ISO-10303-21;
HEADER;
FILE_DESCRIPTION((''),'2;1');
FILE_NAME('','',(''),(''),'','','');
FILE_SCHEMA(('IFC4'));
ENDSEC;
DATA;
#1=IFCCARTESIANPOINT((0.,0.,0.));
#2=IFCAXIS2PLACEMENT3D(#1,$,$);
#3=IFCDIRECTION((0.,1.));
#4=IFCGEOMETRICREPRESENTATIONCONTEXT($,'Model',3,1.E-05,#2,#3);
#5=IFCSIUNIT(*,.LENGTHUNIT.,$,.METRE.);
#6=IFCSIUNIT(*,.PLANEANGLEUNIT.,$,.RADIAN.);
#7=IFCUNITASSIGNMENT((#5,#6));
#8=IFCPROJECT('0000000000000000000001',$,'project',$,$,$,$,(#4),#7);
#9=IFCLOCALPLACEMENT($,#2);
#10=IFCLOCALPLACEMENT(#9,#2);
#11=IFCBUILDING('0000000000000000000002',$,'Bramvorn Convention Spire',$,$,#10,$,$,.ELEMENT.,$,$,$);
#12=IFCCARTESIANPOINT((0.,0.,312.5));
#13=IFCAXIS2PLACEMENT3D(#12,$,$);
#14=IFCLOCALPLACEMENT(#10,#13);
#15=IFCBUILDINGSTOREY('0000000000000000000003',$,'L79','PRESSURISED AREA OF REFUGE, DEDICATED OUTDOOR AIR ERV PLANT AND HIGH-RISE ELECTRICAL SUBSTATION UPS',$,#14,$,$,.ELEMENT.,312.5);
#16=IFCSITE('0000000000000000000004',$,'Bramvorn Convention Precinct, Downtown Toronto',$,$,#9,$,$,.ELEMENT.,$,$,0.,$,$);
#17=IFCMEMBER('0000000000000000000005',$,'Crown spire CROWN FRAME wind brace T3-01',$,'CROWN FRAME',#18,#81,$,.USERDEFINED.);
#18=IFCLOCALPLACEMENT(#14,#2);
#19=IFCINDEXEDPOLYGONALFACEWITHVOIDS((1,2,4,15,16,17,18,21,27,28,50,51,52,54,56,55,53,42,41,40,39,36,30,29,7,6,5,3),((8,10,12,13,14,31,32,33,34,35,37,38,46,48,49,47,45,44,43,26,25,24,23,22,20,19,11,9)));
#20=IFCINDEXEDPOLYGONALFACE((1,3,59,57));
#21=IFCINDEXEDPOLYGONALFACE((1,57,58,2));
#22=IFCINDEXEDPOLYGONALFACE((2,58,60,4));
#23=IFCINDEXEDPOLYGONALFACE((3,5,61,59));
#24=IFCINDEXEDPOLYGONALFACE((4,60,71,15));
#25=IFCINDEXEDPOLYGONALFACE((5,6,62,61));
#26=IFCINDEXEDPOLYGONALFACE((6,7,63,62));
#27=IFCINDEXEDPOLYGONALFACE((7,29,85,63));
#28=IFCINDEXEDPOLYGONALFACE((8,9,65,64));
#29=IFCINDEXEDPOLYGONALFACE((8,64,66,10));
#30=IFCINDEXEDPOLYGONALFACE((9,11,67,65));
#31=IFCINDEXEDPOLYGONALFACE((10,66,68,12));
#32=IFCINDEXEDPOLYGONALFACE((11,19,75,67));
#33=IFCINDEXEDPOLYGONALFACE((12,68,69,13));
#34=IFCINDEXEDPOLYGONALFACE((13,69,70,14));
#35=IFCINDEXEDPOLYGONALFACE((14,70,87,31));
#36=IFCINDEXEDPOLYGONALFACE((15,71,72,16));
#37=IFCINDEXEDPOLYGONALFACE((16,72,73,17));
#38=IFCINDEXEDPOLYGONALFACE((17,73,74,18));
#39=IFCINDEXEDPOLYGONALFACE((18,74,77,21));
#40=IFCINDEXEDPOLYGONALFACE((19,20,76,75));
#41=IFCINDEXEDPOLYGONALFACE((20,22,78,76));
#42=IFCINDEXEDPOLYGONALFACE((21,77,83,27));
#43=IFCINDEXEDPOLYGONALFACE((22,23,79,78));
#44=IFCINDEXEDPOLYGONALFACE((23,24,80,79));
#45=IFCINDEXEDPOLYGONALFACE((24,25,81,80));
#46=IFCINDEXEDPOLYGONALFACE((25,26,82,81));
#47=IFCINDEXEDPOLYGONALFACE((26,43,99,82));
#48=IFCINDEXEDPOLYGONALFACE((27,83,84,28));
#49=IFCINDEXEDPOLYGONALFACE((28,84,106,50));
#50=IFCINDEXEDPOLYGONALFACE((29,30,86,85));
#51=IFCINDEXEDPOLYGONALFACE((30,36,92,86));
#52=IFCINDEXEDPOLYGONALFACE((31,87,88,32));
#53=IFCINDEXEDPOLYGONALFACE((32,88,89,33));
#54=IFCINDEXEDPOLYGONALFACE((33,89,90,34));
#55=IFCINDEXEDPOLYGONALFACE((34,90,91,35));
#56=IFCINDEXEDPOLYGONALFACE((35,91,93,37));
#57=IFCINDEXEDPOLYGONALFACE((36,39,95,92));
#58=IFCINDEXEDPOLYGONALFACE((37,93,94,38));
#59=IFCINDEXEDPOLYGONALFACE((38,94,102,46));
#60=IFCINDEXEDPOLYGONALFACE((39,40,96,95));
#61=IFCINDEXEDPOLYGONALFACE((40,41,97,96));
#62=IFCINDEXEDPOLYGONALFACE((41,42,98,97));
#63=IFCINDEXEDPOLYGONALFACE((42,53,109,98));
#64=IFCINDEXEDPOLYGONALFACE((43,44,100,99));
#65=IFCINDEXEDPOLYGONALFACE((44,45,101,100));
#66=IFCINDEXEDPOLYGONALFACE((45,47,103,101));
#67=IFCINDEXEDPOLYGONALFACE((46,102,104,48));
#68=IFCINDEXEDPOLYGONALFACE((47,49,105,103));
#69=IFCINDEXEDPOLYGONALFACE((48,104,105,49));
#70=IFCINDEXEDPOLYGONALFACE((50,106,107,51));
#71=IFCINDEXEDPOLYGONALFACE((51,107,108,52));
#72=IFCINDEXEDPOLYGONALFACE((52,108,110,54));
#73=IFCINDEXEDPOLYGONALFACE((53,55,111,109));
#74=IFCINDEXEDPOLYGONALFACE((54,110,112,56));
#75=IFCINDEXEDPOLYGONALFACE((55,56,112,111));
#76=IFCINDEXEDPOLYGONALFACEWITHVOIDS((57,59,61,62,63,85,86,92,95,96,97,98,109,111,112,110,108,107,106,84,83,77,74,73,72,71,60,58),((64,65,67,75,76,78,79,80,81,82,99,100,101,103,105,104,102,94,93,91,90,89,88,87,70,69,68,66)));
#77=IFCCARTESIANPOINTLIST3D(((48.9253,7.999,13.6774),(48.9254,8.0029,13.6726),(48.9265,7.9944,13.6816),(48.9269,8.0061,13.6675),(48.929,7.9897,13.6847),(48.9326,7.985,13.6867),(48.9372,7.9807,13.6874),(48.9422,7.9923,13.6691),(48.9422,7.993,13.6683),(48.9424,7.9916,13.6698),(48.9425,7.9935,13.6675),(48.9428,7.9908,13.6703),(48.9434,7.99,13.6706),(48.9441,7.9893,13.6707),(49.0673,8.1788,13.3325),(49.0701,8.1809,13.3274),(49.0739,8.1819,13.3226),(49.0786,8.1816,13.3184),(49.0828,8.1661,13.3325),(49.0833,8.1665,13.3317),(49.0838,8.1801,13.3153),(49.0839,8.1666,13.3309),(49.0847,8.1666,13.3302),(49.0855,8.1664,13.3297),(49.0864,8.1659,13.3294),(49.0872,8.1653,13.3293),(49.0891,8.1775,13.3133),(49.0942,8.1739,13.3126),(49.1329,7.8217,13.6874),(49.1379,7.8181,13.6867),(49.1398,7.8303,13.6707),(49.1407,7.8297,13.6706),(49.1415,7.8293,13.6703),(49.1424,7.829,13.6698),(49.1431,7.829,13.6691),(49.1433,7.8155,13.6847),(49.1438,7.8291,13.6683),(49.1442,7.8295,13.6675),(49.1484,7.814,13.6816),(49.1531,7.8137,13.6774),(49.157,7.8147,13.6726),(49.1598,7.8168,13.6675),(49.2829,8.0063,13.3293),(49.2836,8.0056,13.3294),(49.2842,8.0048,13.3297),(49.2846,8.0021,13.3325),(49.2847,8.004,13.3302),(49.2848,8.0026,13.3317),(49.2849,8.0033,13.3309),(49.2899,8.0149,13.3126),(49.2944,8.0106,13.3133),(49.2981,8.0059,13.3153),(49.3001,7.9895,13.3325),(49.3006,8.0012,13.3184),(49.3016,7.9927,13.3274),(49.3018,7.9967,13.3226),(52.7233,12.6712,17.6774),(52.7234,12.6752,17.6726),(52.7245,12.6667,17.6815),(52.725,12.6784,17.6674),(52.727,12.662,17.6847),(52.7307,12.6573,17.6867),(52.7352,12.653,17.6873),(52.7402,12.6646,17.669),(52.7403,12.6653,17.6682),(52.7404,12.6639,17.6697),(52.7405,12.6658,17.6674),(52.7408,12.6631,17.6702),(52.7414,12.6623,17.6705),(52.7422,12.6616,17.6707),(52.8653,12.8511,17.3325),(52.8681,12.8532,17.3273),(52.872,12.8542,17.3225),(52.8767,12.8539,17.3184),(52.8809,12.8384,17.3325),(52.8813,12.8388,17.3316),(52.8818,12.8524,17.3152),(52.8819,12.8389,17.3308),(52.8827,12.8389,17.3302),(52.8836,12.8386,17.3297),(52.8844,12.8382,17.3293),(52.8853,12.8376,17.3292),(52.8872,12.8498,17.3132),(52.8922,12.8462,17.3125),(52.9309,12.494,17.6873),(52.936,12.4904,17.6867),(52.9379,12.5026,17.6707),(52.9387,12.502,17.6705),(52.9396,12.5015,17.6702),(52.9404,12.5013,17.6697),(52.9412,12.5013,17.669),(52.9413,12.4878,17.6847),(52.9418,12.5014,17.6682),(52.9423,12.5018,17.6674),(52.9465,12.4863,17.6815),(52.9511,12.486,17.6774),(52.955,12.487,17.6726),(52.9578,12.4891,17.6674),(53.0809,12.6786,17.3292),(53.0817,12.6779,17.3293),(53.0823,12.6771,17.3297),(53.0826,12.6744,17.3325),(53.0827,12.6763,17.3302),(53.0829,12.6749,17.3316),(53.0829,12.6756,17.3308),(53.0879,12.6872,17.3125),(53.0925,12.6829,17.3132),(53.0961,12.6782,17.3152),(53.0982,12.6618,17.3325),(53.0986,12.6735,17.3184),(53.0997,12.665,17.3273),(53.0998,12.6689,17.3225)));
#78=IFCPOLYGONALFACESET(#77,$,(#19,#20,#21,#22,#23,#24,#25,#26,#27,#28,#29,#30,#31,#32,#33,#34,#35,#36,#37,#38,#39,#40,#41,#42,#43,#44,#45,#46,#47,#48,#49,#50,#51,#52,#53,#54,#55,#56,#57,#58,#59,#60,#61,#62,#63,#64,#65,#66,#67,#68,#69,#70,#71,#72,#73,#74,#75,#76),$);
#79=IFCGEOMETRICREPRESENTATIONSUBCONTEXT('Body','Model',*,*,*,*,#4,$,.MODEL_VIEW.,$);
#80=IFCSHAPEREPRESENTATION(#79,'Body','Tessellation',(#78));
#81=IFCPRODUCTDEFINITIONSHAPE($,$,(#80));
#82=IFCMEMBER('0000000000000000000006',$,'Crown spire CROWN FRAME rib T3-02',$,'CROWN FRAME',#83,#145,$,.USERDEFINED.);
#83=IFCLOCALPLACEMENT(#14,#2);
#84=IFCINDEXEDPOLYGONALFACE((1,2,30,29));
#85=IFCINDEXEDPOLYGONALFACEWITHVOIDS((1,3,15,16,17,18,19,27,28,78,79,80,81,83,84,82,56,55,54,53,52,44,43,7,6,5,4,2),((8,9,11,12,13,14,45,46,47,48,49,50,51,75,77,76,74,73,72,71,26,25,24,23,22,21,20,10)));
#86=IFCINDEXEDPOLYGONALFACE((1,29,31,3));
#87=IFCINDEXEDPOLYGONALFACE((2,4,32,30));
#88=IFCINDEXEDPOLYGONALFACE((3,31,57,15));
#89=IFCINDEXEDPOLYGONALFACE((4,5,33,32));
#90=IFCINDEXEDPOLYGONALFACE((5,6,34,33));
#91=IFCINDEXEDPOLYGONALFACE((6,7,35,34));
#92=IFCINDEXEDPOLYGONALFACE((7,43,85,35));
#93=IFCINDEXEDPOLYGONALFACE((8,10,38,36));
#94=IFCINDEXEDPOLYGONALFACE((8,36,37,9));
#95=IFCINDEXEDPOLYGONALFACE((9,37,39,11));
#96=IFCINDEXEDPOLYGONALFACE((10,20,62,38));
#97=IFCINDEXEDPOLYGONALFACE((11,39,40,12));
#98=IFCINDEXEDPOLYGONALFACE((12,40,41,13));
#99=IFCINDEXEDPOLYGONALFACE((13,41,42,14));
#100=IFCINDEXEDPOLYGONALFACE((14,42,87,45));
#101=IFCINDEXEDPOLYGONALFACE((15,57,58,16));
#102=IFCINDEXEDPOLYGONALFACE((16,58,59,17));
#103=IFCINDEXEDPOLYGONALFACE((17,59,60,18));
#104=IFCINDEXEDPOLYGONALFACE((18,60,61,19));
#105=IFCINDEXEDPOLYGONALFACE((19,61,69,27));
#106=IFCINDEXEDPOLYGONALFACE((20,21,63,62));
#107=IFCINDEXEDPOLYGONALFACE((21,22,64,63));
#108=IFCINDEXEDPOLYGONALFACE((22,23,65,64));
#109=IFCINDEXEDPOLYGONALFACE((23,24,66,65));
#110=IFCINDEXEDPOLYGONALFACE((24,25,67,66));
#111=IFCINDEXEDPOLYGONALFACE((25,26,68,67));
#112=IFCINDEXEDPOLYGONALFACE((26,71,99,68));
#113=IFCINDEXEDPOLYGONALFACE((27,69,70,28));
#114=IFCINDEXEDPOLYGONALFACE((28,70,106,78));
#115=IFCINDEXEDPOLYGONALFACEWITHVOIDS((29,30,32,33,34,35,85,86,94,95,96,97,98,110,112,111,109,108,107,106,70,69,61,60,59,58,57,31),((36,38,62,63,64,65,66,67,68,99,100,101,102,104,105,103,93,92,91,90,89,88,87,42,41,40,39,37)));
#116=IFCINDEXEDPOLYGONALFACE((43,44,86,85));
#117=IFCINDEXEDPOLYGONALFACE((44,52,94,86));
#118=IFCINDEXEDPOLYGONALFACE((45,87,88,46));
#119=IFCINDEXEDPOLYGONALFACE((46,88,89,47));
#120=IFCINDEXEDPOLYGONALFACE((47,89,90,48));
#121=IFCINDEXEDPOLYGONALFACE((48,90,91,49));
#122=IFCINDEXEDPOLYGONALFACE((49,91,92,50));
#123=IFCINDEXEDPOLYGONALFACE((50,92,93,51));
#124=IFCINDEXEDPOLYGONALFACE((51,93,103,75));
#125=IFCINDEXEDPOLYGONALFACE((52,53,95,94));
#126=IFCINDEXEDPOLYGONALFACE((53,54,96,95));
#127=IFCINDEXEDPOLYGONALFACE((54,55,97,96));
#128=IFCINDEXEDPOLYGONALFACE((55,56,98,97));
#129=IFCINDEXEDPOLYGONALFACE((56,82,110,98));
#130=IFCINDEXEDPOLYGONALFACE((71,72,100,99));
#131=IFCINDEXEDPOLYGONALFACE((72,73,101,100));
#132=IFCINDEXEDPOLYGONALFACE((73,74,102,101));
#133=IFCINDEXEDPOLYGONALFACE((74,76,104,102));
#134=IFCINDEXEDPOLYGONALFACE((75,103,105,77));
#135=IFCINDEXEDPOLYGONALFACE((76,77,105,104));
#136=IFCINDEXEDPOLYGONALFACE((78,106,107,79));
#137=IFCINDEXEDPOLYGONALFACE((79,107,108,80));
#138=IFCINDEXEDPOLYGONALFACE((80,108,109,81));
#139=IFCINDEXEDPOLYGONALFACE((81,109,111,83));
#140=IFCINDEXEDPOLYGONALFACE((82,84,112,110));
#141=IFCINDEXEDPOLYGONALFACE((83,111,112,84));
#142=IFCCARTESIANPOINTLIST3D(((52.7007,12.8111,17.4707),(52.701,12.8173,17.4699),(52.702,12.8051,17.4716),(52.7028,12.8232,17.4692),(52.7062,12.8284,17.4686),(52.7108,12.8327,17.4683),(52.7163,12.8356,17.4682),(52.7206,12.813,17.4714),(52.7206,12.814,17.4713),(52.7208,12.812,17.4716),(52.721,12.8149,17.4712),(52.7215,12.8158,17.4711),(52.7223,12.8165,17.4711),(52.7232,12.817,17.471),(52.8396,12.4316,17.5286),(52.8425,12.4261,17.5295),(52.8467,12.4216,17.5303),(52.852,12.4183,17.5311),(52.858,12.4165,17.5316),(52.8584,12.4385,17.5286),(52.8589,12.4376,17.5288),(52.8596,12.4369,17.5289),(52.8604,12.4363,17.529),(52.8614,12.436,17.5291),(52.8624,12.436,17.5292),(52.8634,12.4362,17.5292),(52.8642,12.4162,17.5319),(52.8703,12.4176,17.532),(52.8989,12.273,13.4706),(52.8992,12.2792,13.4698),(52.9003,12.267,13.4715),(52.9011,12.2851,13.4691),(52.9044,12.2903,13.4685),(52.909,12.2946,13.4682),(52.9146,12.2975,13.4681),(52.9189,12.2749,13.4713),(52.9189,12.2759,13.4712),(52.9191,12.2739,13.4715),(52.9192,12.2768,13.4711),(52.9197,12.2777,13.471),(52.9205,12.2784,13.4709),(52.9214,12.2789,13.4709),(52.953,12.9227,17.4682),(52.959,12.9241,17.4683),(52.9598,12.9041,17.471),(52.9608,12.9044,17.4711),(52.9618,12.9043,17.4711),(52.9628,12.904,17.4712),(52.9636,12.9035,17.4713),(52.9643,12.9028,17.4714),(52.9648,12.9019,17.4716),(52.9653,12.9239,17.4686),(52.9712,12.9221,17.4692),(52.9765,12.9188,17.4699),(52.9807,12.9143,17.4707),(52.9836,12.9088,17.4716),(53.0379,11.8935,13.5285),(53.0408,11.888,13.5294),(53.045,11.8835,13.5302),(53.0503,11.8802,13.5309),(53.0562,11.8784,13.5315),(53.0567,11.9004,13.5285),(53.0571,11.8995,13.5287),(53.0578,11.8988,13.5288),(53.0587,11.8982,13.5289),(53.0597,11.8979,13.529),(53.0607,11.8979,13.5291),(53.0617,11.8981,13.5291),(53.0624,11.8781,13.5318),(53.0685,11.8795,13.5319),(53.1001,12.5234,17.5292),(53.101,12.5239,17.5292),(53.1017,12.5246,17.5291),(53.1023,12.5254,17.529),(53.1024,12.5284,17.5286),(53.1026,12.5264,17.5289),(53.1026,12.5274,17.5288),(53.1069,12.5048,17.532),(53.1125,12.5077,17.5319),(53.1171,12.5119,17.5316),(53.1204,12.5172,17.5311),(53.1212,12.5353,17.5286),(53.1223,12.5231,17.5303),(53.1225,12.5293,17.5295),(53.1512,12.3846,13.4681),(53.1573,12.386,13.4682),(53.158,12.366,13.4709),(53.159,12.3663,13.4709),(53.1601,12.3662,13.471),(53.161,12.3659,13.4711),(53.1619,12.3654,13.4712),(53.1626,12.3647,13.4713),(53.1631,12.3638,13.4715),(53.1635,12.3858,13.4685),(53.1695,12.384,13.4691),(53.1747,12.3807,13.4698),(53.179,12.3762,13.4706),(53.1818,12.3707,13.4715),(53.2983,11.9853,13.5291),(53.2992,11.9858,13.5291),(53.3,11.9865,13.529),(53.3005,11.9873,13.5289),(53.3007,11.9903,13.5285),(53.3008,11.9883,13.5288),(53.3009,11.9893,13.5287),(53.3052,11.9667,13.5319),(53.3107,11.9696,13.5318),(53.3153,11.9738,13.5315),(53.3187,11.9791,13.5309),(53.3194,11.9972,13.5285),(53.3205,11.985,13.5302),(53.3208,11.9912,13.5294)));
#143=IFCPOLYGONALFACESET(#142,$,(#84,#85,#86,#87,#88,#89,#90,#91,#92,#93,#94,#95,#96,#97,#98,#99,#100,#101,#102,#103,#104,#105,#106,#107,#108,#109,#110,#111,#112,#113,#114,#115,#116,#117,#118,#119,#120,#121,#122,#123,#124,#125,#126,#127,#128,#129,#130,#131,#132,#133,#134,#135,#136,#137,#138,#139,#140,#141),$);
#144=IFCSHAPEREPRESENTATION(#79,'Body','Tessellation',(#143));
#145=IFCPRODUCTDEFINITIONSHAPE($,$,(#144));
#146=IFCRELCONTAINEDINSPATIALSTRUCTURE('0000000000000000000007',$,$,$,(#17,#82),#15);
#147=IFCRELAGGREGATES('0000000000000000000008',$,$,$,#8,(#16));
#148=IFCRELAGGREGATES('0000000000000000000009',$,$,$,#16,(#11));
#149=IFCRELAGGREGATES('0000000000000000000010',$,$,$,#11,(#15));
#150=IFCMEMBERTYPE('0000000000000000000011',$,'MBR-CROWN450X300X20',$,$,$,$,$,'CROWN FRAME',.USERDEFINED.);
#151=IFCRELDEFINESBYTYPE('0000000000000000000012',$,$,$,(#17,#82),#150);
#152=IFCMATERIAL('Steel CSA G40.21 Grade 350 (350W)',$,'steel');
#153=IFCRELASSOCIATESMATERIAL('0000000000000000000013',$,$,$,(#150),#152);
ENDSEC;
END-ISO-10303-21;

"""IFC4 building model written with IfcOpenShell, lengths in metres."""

from ifc_helpers import new_model, si_unit, direction, frame, origin, origin_2d, place, context, subcontext, project, spatial, hollow_rectangle, extrude, material, material_profile, profile_set, type_object, element, save


model = new_model("IFC4")

# Units and contexts
model_context = context("Model", 3, precision=1e-05, world=origin(), true_north=direction((0.0, 1.0)))
body_context = subcontext(model_context, "Body", "Model", "MODEL_VIEW")
ifc_project = project(units=[si_unit("LENGTHUNIT", "METRE"), si_unit("PLANEANGLEUNIT", "RADIAN")], contexts=[model_context])

# Site, building, storey
site_placement = place(None, origin())
site = spatial("IfcSite", under=ifc_project, at=site_placement, Name="Bramvorn Convention Precinct, Downtown Toronto", CompositionType="ELEMENT", RefElevation=0.0)
building_placement = place(site_placement, origin())
building = spatial("IfcBuilding", under=site, at=building_placement, Name="Bramvorn Convention Spire", CompositionType="ELEMENT")
storey_placement = place(building_placement, frame((0.0, 0.0, 312.5)))
storey = spatial("IfcBuildingStorey", under=building, at=storey_placement, Name="L79", Description="PRESSURISED AREA OF REFUGE, DEDICATED OUTDOOR AIR ERV PLANT AND HIGH-RISE ELECTRICAL SUBSTATION UPS", CompositionType="ELEMENT", Elevation=312.5)

# Shared definitions
ifc_material_1 = material(Name="Steel CSA G40.21 Grade 350 (350W)", Category="steel")

# Members
ifc_material_profile_1 = material_profile(ifc_material_1, hollow_rectangle(XDim=0.3, YDim=0.45, WallThickness=0.02, InnerFilletRadius=0.0039, OuterFilletRadius=0.0239, at=origin_2d()))
ifc_profile_set_1 = profile_set([ifc_material_profile_1], Name="Steel CSA G40.21 Grade 350 (350W) - CROWN450X300X20")
member_type = type_object("IfcMemberType", Name="MBR-CROWN450X300X20", ElementType="CROWN FRAME", PredefinedType="USERDEFINED", material=ifc_profile_set_1)
member_1_placement = place(storey_placement, frame((49.1135, 7.9978, 13.5), z_axis=(0.525407, 0.646348, 0.553337), x_axis=(-0.775968, 0.630773, 0.0)))
element("IfcMember", 1, at=member_1_placement, inside=storey, type_object=member_type, Name="Crown spire CROWN FRAME wind brace T3-01", ObjectType="CROWN FRAME", PredefinedType="USERDEFINED", context=body_context, shape_type="SweptSolid", body=[
    extrude(hollow_rectangle(XDim=0.3, YDim=0.45, WallThickness=0.02, InnerFilletRadius=0.0039, OuterFilletRadius=0.0239, at=origin_2d()), origin(), (0.0, 0.0, 1.0), 7.2288),
])
member_2_placement = place(storey_placement, frame((53.1099, 12.1321, 13.5), z_axis=(-0.049059, 0.13316, 0.98988), x_axis=(-0.938343, -0.345705, 0.0)))
element("IfcMember", 2, at=member_2_placement, inside=storey, type_object=member_type, Name="Crown spire CROWN FRAME rib T3-02", ObjectType="CROWN FRAME", PredefinedType="USERDEFINED", context=body_context, shape_type="SweptSolid", body=[
    extrude(hollow_rectangle(XDim=0.3, YDim=0.45, WallThickness=0.02, InnerFilletRadius=0.0039, OuterFilletRadius=0.0239, at=origin_2d()), origin(), (0.0, 0.0, 1.0), 4.041),
])

save(model, "model.ifc")
